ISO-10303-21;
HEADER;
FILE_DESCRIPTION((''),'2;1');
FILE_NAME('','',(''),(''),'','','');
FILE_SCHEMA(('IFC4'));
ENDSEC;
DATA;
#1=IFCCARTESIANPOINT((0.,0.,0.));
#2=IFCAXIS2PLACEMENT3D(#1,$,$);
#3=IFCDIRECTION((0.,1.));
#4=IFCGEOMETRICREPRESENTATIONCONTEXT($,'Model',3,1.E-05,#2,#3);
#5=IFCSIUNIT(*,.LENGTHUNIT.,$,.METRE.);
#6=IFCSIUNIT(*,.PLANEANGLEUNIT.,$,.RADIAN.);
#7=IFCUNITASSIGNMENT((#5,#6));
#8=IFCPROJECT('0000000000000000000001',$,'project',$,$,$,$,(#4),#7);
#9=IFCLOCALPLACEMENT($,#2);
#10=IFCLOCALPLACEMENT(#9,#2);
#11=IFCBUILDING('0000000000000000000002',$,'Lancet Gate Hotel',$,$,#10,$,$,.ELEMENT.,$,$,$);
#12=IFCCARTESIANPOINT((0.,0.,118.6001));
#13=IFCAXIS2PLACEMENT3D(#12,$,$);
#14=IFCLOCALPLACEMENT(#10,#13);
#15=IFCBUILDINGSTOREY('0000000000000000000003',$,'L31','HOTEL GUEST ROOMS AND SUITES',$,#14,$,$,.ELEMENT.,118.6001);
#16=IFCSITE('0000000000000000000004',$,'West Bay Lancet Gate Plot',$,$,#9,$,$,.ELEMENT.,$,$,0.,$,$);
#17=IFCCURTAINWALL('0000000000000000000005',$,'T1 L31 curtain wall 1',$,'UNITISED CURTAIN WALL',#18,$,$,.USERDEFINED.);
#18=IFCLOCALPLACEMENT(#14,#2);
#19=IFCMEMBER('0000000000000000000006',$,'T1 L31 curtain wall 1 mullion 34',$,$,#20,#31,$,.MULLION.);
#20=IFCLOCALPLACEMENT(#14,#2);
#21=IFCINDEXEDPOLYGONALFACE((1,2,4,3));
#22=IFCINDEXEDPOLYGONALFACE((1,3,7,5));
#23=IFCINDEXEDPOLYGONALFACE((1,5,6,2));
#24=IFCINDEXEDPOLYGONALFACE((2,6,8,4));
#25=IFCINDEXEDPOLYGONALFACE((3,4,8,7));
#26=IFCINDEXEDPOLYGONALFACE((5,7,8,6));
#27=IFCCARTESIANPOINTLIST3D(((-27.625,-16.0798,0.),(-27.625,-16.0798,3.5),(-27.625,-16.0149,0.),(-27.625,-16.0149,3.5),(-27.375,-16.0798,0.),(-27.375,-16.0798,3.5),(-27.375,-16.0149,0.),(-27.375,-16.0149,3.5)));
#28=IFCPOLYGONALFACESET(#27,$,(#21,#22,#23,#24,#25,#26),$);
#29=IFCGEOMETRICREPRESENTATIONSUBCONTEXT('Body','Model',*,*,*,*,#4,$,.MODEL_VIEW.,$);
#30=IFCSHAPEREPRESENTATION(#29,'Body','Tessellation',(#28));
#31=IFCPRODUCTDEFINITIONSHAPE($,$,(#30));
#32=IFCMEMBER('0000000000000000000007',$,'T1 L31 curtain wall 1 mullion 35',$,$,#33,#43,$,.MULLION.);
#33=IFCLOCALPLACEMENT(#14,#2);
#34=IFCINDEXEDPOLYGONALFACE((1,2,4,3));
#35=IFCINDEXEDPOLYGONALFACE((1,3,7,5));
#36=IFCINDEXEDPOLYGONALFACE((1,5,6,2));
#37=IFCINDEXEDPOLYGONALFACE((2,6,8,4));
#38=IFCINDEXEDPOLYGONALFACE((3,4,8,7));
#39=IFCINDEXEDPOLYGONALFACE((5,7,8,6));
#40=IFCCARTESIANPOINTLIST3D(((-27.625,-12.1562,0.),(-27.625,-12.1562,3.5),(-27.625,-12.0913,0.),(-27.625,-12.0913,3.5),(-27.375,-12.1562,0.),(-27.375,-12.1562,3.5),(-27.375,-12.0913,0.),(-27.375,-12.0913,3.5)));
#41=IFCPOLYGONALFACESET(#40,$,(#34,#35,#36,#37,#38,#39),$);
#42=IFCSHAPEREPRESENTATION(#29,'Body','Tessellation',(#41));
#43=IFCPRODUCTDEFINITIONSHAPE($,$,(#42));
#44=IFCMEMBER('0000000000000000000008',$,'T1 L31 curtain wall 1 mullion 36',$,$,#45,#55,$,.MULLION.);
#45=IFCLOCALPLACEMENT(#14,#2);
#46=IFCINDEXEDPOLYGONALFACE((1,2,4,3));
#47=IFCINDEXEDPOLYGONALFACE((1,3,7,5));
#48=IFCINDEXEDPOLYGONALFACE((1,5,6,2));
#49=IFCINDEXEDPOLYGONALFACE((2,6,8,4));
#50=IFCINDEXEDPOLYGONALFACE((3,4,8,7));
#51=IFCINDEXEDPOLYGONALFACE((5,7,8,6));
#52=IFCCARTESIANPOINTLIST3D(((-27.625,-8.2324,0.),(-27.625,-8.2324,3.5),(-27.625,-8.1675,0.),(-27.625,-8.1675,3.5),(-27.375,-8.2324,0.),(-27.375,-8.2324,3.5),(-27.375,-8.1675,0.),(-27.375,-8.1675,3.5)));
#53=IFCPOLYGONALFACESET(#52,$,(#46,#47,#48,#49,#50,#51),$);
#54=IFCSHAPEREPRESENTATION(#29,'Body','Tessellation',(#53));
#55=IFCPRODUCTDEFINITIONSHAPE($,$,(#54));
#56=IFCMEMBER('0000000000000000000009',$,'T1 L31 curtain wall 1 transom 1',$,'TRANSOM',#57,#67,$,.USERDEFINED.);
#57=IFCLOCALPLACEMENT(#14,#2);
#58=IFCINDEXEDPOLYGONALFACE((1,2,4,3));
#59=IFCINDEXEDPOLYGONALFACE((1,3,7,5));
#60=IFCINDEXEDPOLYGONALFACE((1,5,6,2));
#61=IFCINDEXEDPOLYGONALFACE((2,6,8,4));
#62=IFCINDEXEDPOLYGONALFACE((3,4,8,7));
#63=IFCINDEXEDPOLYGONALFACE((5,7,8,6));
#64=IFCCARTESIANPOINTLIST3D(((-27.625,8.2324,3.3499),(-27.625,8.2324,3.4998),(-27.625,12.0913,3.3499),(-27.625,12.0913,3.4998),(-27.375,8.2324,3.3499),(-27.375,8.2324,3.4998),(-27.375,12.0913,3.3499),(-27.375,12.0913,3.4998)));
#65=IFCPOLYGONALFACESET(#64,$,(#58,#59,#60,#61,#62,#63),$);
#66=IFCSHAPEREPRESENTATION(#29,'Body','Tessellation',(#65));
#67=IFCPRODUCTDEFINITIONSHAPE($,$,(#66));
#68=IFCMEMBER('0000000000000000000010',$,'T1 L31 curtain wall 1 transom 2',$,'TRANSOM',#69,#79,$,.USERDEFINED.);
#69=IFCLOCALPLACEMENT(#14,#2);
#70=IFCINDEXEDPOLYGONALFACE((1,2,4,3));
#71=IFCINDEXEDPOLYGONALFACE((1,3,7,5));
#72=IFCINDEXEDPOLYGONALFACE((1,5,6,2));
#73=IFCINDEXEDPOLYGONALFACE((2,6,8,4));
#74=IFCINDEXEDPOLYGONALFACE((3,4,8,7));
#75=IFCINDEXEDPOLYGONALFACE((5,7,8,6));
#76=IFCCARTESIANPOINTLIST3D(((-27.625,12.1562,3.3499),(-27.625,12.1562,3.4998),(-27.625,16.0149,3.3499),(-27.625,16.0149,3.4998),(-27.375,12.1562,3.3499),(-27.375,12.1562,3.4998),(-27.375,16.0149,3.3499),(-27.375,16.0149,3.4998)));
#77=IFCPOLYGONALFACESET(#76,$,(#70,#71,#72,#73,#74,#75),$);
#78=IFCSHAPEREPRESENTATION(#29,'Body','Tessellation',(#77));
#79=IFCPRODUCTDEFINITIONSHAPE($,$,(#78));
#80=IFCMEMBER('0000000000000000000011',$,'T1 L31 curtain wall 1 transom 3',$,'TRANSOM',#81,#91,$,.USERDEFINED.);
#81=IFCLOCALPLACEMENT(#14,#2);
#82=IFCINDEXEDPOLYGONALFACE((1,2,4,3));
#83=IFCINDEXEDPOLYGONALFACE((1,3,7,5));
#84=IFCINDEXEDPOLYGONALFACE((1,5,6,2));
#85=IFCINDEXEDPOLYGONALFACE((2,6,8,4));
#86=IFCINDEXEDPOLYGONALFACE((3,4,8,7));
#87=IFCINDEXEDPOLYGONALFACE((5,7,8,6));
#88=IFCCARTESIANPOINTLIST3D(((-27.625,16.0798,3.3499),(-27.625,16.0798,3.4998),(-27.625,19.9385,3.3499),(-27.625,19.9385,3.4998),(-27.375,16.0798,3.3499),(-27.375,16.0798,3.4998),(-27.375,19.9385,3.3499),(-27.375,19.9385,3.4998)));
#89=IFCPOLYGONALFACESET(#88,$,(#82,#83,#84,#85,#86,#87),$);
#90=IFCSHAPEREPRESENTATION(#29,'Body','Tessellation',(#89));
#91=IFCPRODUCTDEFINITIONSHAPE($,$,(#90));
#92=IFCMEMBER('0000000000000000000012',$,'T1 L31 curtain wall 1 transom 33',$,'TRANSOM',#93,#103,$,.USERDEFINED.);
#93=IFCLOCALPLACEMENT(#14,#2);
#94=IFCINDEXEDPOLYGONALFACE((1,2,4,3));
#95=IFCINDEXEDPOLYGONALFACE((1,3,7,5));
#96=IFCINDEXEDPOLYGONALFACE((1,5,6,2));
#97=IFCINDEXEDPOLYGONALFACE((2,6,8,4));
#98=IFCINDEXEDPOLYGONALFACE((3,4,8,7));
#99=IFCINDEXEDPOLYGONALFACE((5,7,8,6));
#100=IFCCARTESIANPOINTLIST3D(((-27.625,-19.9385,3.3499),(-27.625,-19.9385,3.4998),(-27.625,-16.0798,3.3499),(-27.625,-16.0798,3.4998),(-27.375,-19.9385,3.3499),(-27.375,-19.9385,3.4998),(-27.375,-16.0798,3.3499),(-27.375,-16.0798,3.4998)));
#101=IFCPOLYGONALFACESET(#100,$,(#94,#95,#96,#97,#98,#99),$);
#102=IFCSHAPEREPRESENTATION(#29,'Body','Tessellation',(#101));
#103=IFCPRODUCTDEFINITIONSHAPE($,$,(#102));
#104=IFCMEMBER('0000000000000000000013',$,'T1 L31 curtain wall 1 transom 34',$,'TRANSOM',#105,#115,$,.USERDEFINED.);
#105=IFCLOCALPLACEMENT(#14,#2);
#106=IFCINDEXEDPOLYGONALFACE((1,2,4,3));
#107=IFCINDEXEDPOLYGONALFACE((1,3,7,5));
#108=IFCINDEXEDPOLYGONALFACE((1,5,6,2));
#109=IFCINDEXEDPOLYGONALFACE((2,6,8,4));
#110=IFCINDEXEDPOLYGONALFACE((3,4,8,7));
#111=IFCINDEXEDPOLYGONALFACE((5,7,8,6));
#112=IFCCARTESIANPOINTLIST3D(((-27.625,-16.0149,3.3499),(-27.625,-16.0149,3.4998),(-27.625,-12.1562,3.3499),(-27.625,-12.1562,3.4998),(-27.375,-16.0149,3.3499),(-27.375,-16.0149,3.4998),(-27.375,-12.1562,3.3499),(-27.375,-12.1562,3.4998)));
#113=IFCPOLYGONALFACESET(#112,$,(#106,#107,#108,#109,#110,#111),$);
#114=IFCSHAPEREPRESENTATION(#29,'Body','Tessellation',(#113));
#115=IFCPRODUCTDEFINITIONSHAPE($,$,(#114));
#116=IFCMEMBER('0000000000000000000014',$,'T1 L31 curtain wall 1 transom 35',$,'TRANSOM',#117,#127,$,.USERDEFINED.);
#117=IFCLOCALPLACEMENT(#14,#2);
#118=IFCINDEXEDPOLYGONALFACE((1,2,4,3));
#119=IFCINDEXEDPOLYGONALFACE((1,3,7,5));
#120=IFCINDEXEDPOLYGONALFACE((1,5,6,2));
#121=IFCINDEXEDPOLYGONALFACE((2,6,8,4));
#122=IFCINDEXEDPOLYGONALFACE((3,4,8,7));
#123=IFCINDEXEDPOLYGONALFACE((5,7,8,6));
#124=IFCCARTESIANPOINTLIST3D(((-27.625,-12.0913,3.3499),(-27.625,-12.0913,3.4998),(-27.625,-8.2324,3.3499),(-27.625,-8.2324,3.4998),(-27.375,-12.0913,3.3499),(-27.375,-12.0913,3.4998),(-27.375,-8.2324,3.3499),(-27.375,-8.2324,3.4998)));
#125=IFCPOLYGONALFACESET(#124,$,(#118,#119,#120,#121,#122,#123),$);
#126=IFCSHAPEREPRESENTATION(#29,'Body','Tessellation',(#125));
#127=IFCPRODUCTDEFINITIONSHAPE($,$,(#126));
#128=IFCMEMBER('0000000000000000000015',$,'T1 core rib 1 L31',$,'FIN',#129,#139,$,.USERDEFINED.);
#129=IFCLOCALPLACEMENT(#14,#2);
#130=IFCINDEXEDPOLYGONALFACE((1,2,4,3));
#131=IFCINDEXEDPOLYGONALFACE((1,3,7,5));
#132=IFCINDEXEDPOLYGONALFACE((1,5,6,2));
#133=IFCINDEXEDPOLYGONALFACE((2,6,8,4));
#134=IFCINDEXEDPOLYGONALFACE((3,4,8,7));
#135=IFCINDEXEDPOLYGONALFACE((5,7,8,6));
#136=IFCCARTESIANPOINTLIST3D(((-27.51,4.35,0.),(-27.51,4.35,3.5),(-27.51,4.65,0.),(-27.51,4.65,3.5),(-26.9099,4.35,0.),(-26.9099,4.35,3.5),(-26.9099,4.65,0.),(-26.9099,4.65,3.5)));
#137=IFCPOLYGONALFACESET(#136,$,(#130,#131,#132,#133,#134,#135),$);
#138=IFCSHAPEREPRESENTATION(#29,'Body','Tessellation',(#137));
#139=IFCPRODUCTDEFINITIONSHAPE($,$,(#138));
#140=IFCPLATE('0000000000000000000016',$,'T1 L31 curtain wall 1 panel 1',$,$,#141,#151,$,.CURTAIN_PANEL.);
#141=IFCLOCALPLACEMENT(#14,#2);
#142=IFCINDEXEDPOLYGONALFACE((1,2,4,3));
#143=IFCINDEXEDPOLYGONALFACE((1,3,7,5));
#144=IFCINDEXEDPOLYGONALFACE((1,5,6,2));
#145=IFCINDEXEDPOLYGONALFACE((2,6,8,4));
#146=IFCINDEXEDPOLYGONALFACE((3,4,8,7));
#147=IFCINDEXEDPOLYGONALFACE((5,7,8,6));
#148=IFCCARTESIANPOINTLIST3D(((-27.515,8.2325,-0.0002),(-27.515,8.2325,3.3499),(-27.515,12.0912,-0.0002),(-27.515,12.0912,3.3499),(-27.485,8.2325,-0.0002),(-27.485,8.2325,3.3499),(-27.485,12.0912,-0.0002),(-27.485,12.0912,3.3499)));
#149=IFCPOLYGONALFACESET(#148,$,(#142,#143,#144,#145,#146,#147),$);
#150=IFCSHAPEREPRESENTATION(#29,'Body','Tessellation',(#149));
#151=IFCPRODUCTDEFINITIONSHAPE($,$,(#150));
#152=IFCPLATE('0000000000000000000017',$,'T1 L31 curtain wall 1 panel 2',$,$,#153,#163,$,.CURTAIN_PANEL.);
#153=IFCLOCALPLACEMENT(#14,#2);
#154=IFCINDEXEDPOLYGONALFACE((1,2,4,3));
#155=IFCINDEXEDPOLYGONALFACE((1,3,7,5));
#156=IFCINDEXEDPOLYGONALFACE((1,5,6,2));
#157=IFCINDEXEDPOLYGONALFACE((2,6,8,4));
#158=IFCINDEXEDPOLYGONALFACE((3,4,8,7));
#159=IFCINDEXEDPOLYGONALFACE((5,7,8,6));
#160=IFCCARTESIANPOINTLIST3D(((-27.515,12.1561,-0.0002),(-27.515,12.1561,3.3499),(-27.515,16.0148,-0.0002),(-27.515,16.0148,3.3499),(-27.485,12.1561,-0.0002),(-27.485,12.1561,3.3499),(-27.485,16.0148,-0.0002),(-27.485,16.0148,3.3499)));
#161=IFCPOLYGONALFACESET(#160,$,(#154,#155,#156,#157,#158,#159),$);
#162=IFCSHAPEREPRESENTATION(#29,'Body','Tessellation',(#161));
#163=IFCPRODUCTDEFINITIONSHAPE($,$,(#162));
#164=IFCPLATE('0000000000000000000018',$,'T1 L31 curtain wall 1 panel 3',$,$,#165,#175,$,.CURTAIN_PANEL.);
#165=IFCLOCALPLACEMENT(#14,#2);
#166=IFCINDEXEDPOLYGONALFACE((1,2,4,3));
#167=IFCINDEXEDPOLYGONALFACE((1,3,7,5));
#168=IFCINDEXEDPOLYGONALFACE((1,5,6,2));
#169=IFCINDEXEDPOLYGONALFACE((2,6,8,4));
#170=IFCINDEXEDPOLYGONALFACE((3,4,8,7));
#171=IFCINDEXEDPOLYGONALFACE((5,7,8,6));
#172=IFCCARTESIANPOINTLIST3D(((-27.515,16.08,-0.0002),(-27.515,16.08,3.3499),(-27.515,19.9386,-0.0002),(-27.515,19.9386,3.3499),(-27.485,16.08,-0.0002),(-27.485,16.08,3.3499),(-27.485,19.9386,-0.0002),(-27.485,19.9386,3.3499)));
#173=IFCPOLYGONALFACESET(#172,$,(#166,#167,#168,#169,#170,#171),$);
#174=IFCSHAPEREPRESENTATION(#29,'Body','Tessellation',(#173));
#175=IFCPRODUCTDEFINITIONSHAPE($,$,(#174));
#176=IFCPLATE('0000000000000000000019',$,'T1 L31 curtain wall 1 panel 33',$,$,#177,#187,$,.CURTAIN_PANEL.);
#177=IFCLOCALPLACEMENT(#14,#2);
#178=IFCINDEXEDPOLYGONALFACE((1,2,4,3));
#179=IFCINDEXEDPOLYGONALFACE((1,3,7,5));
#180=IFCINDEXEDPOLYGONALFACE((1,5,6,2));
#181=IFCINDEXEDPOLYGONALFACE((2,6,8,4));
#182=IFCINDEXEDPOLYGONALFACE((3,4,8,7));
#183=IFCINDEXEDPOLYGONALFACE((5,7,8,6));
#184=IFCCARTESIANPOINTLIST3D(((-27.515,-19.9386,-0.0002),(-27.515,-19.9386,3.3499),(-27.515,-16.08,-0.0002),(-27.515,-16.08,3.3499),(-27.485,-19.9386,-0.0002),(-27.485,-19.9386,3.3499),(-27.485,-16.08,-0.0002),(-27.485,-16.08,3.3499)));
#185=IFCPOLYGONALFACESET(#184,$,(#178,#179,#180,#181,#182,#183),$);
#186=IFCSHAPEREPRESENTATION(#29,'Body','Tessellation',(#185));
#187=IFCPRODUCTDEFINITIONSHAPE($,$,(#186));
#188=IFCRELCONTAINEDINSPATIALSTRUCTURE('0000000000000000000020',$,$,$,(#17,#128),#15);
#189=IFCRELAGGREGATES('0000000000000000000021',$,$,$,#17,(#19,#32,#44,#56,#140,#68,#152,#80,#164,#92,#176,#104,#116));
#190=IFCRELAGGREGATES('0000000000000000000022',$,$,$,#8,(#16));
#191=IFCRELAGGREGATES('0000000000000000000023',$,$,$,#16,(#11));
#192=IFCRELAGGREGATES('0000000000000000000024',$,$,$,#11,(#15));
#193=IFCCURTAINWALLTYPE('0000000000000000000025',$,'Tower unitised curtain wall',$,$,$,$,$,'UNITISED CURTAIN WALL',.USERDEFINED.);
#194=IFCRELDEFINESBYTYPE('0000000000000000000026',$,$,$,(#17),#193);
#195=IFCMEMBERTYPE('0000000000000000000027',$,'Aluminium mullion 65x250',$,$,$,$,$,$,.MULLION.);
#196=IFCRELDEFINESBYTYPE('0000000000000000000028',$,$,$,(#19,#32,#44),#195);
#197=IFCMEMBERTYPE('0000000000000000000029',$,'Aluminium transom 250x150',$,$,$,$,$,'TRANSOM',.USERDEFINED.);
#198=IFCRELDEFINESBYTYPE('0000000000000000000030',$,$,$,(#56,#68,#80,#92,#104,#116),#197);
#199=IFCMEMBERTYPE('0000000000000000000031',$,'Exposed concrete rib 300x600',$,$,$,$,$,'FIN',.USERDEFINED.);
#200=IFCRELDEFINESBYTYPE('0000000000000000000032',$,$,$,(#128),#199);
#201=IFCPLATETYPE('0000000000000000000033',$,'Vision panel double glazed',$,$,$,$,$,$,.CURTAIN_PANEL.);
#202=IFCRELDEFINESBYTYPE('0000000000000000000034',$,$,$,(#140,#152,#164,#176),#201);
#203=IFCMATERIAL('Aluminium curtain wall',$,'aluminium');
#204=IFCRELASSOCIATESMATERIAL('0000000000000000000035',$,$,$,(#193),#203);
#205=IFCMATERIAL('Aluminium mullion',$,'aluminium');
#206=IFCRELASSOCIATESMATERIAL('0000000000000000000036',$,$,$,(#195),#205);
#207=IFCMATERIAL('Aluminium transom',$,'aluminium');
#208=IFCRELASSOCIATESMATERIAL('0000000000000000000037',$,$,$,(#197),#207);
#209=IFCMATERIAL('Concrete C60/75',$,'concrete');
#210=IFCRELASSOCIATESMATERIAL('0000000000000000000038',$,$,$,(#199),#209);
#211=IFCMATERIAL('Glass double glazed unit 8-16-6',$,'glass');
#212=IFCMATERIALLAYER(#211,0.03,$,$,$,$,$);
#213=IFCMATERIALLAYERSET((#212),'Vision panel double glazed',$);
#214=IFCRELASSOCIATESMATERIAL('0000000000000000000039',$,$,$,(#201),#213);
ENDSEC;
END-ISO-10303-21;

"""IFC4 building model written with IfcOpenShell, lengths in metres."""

from ifc_helpers import new_model, si_unit, direction, frame, origin, origin_2d, place, context, subcontext, project, spatial, rectangle, extrude, material, layer, layer_set, material_profile, profile_set, type_object, element, aggregate, save


model = new_model("IFC4")

# Units and contexts
model_context = context("Model", 3, precision=1e-05, world=origin(), true_north=direction((0.0, 1.0)))
body_context = subcontext(model_context, "Body", "Model", "MODEL_VIEW")
ifc_project = project(units=[si_unit("LENGTHUNIT", "METRE"), si_unit("PLANEANGLEUNIT", "RADIAN")], contexts=[model_context])

# Site, building, storey
site_placement = place(None, origin())
site = spatial("IfcSite", under=ifc_project, at=site_placement, Name="West Bay Lancet Gate Plot", CompositionType="ELEMENT", RefElevation=0.0)
building_placement = place(site_placement, origin())
building = spatial("IfcBuilding", under=site, at=building_placement, Name="Lancet Gate Hotel", CompositionType="ELEMENT")
storey_placement = place(building_placement, frame((0.0, 0.0, 118.6001)))
storey = spatial("IfcBuildingStorey", under=building, at=storey_placement, Name="L31", Description="HOTEL GUEST ROOMS AND SUITES", CompositionType="ELEMENT", Elevation=118.6001)

# Curtain wall, members
ifc_material_1 = material(Name="Aluminium curtain wall", Category="aluminium")
curtain_wall_type = type_object("IfcCurtainWallType", Name="Tower unitised curtain wall", ElementType="UNITISED CURTAIN WALL", PredefinedType="USERDEFINED", material=ifc_material_1)
curtain_wall_placement = place(storey_placement, origin())
curtain_wall = element("IfcCurtainWall", 1, at=curtain_wall_placement, inside=storey, type_object=curtain_wall_type, Name="T1 L31 curtain wall 1", ObjectType="UNITISED CURTAIN WALL", PredefinedType="USERDEFINED")
ifc_material_2 = material(Name="Aluminium mullion", Category="aluminium")
ifc_material_profile_1 = material_profile(ifc_material_2, rectangle(XDim=0.0649, YDim=0.25, at=origin_2d()), Name="MULLION 65x250")
ifc_profile_set_1 = profile_set([ifc_material_profile_1], Name="Aluminium mullion")
member_type_1 = type_object("IfcMemberType", Name="Aluminium mullion 65x250", PredefinedType="MULLION", material=ifc_profile_set_1)
member_1_placement = place(storey_placement, frame((-27.5, -16.0474, 0.0), z_axis=(0.0, 0.0, 1.0), x_axis=(0.0, 1.0, 0.0)))
member_1 = element("IfcMember", 2, at=member_1_placement, type_object=member_type_1, Name="T1 L31 curtain wall 1 mullion 34", PredefinedType="MULLION", context=body_context, shape_type="SweptSolid", body=[
    extrude(rectangle(XDim=0.0649, YDim=0.25, at=origin_2d()), origin(), (0.0, 0.0, 1.0), 3.5),
])
member_2_placement = place(storey_placement, frame((-27.5, -12.1238, 0.0), z_axis=(0.0, 0.0, 1.0), x_axis=(0.0, 1.0, 0.0)))
member_2 = element("IfcMember", 3, at=member_2_placement, type_object=member_type_1, Name="T1 L31 curtain wall 1 mullion 35", PredefinedType="MULLION", context=body_context, shape_type="SweptSolid", body=[
    extrude(rectangle(XDim=0.0649, YDim=0.25, at=origin_2d()), origin(), (0.0, 0.0, 1.0), 3.5),
])
member_3_placement = place(storey_placement, frame((-27.5, -8.2, 0.0), z_axis=(0.0, 0.0, 1.0), x_axis=(0.0, 1.0, 0.0)))
member_3 = element("IfcMember", 4, at=member_3_placement, type_object=member_type_1, Name="T1 L31 curtain wall 1 mullion 36", PredefinedType="MULLION", context=body_context, shape_type="SweptSolid", body=[
    extrude(rectangle(XDim=0.0649, YDim=0.25, at=origin_2d()), origin(), (0.0, 0.0, 1.0), 3.5),
])
ifc_material_3 = material(Name="Aluminium transom", Category="aluminium")
ifc_material_profile_2 = material_profile(ifc_material_3, rectangle(XDim=0.25, YDim=0.1499, at=origin_2d()), Name="TRANSOM 250x150")
ifc_profile_set_2 = profile_set([ifc_material_profile_2], Name="Aluminium transom")
member_type_2 = type_object("IfcMemberType", Name="Aluminium transom 250x150", ElementType="TRANSOM", PredefinedType="USERDEFINED", material=ifc_profile_set_2)
member_4_placement = place(storey_placement, frame((-27.5, 8.2324, 3.4248), z_axis=(0.0, 1.0, 0.0), x_axis=(-1.0, 0.0, 0.0)))
member_4 = element("IfcMember", 5, at=member_4_placement, type_object=member_type_2, Name="T1 L31 curtain wall 1 transom 1", ObjectType="TRANSOM", PredefinedType="USERDEFINED", context=body_context, shape_type="SweptSolid", body=[
    extrude(rectangle(XDim=0.25, YDim=0.1499, at=origin_2d()), origin(), (0.0, 0.0, 1.0), 3.8589),
])
member_5_placement = place(storey_placement, frame((-27.5, 12.1562, 3.4248), z_axis=(0.0, 1.0, 0.0), x_axis=(-1.0, 0.0, 0.0)))
member_5 = element("IfcMember", 6, at=member_5_placement, type_object=member_type_2, Name="T1 L31 curtain wall 1 transom 2", ObjectType="TRANSOM", PredefinedType="USERDEFINED", context=body_context, shape_type="SweptSolid", body=[
    extrude(rectangle(XDim=0.25, YDim=0.1499, at=origin_2d()), origin(), (0.0, 0.0, 1.0), 3.8586),
])
member_6_placement = place(storey_placement, frame((-27.5, 16.0798, 3.4248), z_axis=(0.0, 1.0, 0.0), x_axis=(-1.0, 0.0, 0.0)))
member_6 = element("IfcMember", 7, at=member_6_placement, type_object=member_type_2, Name="T1 L31 curtain wall 1 transom 3", ObjectType="TRANSOM", PredefinedType="USERDEFINED", context=body_context, shape_type="SweptSolid", body=[
    extrude(rectangle(XDim=0.25, YDim=0.1499, at=origin_2d()), origin(), (0.0, 0.0, 1.0), 3.8586),
])
member_7_placement = place(storey_placement, frame((-27.5, -19.9385, 3.4248), z_axis=(0.0, 1.0, 0.0), x_axis=(-1.0, 0.0, 0.0)))
member_7 = element("IfcMember", 8, at=member_7_placement, type_object=member_type_2, Name="T1 L31 curtain wall 1 transom 33", ObjectType="TRANSOM", PredefinedType="USERDEFINED", context=body_context, shape_type="SweptSolid", body=[
    extrude(rectangle(XDim=0.25, YDim=0.1499, at=origin_2d()), origin(), (0.0, 0.0, 1.0), 3.8586),
])
member_8_placement = place(storey_placement, frame((-27.5, -16.0149, 3.4248), z_axis=(0.0, 1.0, 0.0), x_axis=(-1.0, 0.0, 0.0)))
member_8 = element("IfcMember", 9, at=member_8_placement, type_object=member_type_2, Name="T1 L31 curtain wall 1 transom 34", ObjectType="TRANSOM", PredefinedType="USERDEFINED", context=body_context, shape_type="SweptSolid", body=[
    extrude(rectangle(XDim=0.25, YDim=0.1499, at=origin_2d()), origin(), (0.0, 0.0, 1.0), 3.8586),
])
member_9_placement = place(storey_placement, frame((-27.5, -12.0913, 3.4248), z_axis=(0.0, 1.0, 0.0), x_axis=(-1.0, 0.0, 0.0)))
member_9 = element("IfcMember", 10, at=member_9_placement, type_object=member_type_2, Name="T1 L31 curtain wall 1 transom 35", ObjectType="TRANSOM", PredefinedType="USERDEFINED", context=body_context, shape_type="SweptSolid", body=[
    extrude(rectangle(XDim=0.25, YDim=0.1499, at=origin_2d()), origin(), (0.0, 0.0, 1.0), 3.8589),
])

# Member
ifc_material_4 = material(Name="Concrete C60/75", Category="concrete")
ifc_material_profile_3 = material_profile(ifc_material_4, rectangle(XDim=0.3, YDim=0.6001, at=origin_2d()), Name="FIN 300x600")
ifc_profile_set_3 = profile_set([ifc_material_profile_3], Name="Concrete C60/75")
member_type_3 = type_object("IfcMemberType", Name="Exposed concrete rib 300x600", ElementType="FIN", PredefinedType="USERDEFINED", material=ifc_profile_set_3)
member_10_placement = place(storey_placement, frame((-27.21, 4.5, 0.0), z_axis=(0.0, 0.0, 1.0), x_axis=(0.0, 1.0, 0.0)))
element("IfcMember", 11, at=member_10_placement, inside=storey, type_object=member_type_3, Name="T1 core rib 1 L31", ObjectType="FIN", PredefinedType="USERDEFINED", context=body_context, shape_type="SweptSolid", body=[
    extrude(rectangle(XDim=0.3, YDim=0.6001, at=origin_2d()), origin(), (0.0, 0.0, 1.0), 3.5),
])

# Plates
ifc_material_5 = material(Name="Glass double glazed unit 8-16-6", Category="glass")
ifc_layer = layer(ifc_material_5, 0.03)
ifc_layer_set = layer_set([ifc_layer], Name="Vision panel double glazed")
plate_type = type_object("IfcPlateType", Name="Vision panel double glazed", PredefinedType="CURTAIN_PANEL", material=ifc_layer_set)
plate_1_placement = place(storey_placement, frame((-27.5, 10.1619, -0.0002), z_axis=(0.0, 0.0, 1.0), x_axis=(0.0, 1.0, 0.0)))
plate_1 = element("IfcPlate", 12, at=plate_1_placement, type_object=plate_type, Name="T1 L31 curtain wall 1 panel 1", PredefinedType="CURTAIN_PANEL", context=body_context, shape_type="SweptSolid", body=[
    extrude(rectangle(XDim=3.8586, YDim=0.03, at=origin_2d()), origin(), (0.0, 0.0, 1.0), 3.3501),
])
plate_2_placement = place(storey_placement, frame((-27.5, 14.0854, -0.0002), z_axis=(0.0, 0.0, 1.0), x_axis=(0.0, 1.0, 0.0)))
plate_2 = element("IfcPlate", 13, at=plate_2_placement, type_object=plate_type, Name="T1 L31 curtain wall 1 panel 2", PredefinedType="CURTAIN_PANEL", context=body_context, shape_type="SweptSolid", body=[
    extrude(rectangle(XDim=3.8586, YDim=0.03, at=origin_2d()), origin(), (0.0, 0.0, 1.0), 3.3501),
])
plate_3_placement = place(storey_placement, frame((-27.5, 18.0093, -0.0002), z_axis=(0.0, 0.0, 1.0), x_axis=(0.0, 1.0, 0.0)))
plate_3 = element("IfcPlate", 14, at=plate_3_placement, type_object=plate_type, Name="T1 L31 curtain wall 1 panel 3", PredefinedType="CURTAIN_PANEL", context=body_context, shape_type="SweptSolid", body=[
    extrude(rectangle(XDim=3.8586, YDim=0.03, at=origin_2d()), origin(), (0.0, 0.0, 1.0), 3.3501),
])
plate_4_placement = place(storey_placement, frame((-27.5, -18.0093, -0.0002), z_axis=(0.0, 0.0, 1.0), x_axis=(0.0, 1.0, 0.0)))
plate_4 = element("IfcPlate", 15, at=plate_4_placement, type_object=plate_type, Name="T1 L31 curtain wall 1 panel 33", PredefinedType="CURTAIN_PANEL", context=body_context, shape_type="SweptSolid", body=[
    extrude(rectangle(XDim=3.8586, YDim=0.03, at=origin_2d()), origin(), (0.0, 0.0, 1.0), 3.3501),
])
aggregate(curtain_wall, [member_1, member_2, member_3, member_4, plate_1, member_5, plate_2, member_6, plate_3, member_7, plate_4, member_8, member_9])

save(model, "model.ifc")
